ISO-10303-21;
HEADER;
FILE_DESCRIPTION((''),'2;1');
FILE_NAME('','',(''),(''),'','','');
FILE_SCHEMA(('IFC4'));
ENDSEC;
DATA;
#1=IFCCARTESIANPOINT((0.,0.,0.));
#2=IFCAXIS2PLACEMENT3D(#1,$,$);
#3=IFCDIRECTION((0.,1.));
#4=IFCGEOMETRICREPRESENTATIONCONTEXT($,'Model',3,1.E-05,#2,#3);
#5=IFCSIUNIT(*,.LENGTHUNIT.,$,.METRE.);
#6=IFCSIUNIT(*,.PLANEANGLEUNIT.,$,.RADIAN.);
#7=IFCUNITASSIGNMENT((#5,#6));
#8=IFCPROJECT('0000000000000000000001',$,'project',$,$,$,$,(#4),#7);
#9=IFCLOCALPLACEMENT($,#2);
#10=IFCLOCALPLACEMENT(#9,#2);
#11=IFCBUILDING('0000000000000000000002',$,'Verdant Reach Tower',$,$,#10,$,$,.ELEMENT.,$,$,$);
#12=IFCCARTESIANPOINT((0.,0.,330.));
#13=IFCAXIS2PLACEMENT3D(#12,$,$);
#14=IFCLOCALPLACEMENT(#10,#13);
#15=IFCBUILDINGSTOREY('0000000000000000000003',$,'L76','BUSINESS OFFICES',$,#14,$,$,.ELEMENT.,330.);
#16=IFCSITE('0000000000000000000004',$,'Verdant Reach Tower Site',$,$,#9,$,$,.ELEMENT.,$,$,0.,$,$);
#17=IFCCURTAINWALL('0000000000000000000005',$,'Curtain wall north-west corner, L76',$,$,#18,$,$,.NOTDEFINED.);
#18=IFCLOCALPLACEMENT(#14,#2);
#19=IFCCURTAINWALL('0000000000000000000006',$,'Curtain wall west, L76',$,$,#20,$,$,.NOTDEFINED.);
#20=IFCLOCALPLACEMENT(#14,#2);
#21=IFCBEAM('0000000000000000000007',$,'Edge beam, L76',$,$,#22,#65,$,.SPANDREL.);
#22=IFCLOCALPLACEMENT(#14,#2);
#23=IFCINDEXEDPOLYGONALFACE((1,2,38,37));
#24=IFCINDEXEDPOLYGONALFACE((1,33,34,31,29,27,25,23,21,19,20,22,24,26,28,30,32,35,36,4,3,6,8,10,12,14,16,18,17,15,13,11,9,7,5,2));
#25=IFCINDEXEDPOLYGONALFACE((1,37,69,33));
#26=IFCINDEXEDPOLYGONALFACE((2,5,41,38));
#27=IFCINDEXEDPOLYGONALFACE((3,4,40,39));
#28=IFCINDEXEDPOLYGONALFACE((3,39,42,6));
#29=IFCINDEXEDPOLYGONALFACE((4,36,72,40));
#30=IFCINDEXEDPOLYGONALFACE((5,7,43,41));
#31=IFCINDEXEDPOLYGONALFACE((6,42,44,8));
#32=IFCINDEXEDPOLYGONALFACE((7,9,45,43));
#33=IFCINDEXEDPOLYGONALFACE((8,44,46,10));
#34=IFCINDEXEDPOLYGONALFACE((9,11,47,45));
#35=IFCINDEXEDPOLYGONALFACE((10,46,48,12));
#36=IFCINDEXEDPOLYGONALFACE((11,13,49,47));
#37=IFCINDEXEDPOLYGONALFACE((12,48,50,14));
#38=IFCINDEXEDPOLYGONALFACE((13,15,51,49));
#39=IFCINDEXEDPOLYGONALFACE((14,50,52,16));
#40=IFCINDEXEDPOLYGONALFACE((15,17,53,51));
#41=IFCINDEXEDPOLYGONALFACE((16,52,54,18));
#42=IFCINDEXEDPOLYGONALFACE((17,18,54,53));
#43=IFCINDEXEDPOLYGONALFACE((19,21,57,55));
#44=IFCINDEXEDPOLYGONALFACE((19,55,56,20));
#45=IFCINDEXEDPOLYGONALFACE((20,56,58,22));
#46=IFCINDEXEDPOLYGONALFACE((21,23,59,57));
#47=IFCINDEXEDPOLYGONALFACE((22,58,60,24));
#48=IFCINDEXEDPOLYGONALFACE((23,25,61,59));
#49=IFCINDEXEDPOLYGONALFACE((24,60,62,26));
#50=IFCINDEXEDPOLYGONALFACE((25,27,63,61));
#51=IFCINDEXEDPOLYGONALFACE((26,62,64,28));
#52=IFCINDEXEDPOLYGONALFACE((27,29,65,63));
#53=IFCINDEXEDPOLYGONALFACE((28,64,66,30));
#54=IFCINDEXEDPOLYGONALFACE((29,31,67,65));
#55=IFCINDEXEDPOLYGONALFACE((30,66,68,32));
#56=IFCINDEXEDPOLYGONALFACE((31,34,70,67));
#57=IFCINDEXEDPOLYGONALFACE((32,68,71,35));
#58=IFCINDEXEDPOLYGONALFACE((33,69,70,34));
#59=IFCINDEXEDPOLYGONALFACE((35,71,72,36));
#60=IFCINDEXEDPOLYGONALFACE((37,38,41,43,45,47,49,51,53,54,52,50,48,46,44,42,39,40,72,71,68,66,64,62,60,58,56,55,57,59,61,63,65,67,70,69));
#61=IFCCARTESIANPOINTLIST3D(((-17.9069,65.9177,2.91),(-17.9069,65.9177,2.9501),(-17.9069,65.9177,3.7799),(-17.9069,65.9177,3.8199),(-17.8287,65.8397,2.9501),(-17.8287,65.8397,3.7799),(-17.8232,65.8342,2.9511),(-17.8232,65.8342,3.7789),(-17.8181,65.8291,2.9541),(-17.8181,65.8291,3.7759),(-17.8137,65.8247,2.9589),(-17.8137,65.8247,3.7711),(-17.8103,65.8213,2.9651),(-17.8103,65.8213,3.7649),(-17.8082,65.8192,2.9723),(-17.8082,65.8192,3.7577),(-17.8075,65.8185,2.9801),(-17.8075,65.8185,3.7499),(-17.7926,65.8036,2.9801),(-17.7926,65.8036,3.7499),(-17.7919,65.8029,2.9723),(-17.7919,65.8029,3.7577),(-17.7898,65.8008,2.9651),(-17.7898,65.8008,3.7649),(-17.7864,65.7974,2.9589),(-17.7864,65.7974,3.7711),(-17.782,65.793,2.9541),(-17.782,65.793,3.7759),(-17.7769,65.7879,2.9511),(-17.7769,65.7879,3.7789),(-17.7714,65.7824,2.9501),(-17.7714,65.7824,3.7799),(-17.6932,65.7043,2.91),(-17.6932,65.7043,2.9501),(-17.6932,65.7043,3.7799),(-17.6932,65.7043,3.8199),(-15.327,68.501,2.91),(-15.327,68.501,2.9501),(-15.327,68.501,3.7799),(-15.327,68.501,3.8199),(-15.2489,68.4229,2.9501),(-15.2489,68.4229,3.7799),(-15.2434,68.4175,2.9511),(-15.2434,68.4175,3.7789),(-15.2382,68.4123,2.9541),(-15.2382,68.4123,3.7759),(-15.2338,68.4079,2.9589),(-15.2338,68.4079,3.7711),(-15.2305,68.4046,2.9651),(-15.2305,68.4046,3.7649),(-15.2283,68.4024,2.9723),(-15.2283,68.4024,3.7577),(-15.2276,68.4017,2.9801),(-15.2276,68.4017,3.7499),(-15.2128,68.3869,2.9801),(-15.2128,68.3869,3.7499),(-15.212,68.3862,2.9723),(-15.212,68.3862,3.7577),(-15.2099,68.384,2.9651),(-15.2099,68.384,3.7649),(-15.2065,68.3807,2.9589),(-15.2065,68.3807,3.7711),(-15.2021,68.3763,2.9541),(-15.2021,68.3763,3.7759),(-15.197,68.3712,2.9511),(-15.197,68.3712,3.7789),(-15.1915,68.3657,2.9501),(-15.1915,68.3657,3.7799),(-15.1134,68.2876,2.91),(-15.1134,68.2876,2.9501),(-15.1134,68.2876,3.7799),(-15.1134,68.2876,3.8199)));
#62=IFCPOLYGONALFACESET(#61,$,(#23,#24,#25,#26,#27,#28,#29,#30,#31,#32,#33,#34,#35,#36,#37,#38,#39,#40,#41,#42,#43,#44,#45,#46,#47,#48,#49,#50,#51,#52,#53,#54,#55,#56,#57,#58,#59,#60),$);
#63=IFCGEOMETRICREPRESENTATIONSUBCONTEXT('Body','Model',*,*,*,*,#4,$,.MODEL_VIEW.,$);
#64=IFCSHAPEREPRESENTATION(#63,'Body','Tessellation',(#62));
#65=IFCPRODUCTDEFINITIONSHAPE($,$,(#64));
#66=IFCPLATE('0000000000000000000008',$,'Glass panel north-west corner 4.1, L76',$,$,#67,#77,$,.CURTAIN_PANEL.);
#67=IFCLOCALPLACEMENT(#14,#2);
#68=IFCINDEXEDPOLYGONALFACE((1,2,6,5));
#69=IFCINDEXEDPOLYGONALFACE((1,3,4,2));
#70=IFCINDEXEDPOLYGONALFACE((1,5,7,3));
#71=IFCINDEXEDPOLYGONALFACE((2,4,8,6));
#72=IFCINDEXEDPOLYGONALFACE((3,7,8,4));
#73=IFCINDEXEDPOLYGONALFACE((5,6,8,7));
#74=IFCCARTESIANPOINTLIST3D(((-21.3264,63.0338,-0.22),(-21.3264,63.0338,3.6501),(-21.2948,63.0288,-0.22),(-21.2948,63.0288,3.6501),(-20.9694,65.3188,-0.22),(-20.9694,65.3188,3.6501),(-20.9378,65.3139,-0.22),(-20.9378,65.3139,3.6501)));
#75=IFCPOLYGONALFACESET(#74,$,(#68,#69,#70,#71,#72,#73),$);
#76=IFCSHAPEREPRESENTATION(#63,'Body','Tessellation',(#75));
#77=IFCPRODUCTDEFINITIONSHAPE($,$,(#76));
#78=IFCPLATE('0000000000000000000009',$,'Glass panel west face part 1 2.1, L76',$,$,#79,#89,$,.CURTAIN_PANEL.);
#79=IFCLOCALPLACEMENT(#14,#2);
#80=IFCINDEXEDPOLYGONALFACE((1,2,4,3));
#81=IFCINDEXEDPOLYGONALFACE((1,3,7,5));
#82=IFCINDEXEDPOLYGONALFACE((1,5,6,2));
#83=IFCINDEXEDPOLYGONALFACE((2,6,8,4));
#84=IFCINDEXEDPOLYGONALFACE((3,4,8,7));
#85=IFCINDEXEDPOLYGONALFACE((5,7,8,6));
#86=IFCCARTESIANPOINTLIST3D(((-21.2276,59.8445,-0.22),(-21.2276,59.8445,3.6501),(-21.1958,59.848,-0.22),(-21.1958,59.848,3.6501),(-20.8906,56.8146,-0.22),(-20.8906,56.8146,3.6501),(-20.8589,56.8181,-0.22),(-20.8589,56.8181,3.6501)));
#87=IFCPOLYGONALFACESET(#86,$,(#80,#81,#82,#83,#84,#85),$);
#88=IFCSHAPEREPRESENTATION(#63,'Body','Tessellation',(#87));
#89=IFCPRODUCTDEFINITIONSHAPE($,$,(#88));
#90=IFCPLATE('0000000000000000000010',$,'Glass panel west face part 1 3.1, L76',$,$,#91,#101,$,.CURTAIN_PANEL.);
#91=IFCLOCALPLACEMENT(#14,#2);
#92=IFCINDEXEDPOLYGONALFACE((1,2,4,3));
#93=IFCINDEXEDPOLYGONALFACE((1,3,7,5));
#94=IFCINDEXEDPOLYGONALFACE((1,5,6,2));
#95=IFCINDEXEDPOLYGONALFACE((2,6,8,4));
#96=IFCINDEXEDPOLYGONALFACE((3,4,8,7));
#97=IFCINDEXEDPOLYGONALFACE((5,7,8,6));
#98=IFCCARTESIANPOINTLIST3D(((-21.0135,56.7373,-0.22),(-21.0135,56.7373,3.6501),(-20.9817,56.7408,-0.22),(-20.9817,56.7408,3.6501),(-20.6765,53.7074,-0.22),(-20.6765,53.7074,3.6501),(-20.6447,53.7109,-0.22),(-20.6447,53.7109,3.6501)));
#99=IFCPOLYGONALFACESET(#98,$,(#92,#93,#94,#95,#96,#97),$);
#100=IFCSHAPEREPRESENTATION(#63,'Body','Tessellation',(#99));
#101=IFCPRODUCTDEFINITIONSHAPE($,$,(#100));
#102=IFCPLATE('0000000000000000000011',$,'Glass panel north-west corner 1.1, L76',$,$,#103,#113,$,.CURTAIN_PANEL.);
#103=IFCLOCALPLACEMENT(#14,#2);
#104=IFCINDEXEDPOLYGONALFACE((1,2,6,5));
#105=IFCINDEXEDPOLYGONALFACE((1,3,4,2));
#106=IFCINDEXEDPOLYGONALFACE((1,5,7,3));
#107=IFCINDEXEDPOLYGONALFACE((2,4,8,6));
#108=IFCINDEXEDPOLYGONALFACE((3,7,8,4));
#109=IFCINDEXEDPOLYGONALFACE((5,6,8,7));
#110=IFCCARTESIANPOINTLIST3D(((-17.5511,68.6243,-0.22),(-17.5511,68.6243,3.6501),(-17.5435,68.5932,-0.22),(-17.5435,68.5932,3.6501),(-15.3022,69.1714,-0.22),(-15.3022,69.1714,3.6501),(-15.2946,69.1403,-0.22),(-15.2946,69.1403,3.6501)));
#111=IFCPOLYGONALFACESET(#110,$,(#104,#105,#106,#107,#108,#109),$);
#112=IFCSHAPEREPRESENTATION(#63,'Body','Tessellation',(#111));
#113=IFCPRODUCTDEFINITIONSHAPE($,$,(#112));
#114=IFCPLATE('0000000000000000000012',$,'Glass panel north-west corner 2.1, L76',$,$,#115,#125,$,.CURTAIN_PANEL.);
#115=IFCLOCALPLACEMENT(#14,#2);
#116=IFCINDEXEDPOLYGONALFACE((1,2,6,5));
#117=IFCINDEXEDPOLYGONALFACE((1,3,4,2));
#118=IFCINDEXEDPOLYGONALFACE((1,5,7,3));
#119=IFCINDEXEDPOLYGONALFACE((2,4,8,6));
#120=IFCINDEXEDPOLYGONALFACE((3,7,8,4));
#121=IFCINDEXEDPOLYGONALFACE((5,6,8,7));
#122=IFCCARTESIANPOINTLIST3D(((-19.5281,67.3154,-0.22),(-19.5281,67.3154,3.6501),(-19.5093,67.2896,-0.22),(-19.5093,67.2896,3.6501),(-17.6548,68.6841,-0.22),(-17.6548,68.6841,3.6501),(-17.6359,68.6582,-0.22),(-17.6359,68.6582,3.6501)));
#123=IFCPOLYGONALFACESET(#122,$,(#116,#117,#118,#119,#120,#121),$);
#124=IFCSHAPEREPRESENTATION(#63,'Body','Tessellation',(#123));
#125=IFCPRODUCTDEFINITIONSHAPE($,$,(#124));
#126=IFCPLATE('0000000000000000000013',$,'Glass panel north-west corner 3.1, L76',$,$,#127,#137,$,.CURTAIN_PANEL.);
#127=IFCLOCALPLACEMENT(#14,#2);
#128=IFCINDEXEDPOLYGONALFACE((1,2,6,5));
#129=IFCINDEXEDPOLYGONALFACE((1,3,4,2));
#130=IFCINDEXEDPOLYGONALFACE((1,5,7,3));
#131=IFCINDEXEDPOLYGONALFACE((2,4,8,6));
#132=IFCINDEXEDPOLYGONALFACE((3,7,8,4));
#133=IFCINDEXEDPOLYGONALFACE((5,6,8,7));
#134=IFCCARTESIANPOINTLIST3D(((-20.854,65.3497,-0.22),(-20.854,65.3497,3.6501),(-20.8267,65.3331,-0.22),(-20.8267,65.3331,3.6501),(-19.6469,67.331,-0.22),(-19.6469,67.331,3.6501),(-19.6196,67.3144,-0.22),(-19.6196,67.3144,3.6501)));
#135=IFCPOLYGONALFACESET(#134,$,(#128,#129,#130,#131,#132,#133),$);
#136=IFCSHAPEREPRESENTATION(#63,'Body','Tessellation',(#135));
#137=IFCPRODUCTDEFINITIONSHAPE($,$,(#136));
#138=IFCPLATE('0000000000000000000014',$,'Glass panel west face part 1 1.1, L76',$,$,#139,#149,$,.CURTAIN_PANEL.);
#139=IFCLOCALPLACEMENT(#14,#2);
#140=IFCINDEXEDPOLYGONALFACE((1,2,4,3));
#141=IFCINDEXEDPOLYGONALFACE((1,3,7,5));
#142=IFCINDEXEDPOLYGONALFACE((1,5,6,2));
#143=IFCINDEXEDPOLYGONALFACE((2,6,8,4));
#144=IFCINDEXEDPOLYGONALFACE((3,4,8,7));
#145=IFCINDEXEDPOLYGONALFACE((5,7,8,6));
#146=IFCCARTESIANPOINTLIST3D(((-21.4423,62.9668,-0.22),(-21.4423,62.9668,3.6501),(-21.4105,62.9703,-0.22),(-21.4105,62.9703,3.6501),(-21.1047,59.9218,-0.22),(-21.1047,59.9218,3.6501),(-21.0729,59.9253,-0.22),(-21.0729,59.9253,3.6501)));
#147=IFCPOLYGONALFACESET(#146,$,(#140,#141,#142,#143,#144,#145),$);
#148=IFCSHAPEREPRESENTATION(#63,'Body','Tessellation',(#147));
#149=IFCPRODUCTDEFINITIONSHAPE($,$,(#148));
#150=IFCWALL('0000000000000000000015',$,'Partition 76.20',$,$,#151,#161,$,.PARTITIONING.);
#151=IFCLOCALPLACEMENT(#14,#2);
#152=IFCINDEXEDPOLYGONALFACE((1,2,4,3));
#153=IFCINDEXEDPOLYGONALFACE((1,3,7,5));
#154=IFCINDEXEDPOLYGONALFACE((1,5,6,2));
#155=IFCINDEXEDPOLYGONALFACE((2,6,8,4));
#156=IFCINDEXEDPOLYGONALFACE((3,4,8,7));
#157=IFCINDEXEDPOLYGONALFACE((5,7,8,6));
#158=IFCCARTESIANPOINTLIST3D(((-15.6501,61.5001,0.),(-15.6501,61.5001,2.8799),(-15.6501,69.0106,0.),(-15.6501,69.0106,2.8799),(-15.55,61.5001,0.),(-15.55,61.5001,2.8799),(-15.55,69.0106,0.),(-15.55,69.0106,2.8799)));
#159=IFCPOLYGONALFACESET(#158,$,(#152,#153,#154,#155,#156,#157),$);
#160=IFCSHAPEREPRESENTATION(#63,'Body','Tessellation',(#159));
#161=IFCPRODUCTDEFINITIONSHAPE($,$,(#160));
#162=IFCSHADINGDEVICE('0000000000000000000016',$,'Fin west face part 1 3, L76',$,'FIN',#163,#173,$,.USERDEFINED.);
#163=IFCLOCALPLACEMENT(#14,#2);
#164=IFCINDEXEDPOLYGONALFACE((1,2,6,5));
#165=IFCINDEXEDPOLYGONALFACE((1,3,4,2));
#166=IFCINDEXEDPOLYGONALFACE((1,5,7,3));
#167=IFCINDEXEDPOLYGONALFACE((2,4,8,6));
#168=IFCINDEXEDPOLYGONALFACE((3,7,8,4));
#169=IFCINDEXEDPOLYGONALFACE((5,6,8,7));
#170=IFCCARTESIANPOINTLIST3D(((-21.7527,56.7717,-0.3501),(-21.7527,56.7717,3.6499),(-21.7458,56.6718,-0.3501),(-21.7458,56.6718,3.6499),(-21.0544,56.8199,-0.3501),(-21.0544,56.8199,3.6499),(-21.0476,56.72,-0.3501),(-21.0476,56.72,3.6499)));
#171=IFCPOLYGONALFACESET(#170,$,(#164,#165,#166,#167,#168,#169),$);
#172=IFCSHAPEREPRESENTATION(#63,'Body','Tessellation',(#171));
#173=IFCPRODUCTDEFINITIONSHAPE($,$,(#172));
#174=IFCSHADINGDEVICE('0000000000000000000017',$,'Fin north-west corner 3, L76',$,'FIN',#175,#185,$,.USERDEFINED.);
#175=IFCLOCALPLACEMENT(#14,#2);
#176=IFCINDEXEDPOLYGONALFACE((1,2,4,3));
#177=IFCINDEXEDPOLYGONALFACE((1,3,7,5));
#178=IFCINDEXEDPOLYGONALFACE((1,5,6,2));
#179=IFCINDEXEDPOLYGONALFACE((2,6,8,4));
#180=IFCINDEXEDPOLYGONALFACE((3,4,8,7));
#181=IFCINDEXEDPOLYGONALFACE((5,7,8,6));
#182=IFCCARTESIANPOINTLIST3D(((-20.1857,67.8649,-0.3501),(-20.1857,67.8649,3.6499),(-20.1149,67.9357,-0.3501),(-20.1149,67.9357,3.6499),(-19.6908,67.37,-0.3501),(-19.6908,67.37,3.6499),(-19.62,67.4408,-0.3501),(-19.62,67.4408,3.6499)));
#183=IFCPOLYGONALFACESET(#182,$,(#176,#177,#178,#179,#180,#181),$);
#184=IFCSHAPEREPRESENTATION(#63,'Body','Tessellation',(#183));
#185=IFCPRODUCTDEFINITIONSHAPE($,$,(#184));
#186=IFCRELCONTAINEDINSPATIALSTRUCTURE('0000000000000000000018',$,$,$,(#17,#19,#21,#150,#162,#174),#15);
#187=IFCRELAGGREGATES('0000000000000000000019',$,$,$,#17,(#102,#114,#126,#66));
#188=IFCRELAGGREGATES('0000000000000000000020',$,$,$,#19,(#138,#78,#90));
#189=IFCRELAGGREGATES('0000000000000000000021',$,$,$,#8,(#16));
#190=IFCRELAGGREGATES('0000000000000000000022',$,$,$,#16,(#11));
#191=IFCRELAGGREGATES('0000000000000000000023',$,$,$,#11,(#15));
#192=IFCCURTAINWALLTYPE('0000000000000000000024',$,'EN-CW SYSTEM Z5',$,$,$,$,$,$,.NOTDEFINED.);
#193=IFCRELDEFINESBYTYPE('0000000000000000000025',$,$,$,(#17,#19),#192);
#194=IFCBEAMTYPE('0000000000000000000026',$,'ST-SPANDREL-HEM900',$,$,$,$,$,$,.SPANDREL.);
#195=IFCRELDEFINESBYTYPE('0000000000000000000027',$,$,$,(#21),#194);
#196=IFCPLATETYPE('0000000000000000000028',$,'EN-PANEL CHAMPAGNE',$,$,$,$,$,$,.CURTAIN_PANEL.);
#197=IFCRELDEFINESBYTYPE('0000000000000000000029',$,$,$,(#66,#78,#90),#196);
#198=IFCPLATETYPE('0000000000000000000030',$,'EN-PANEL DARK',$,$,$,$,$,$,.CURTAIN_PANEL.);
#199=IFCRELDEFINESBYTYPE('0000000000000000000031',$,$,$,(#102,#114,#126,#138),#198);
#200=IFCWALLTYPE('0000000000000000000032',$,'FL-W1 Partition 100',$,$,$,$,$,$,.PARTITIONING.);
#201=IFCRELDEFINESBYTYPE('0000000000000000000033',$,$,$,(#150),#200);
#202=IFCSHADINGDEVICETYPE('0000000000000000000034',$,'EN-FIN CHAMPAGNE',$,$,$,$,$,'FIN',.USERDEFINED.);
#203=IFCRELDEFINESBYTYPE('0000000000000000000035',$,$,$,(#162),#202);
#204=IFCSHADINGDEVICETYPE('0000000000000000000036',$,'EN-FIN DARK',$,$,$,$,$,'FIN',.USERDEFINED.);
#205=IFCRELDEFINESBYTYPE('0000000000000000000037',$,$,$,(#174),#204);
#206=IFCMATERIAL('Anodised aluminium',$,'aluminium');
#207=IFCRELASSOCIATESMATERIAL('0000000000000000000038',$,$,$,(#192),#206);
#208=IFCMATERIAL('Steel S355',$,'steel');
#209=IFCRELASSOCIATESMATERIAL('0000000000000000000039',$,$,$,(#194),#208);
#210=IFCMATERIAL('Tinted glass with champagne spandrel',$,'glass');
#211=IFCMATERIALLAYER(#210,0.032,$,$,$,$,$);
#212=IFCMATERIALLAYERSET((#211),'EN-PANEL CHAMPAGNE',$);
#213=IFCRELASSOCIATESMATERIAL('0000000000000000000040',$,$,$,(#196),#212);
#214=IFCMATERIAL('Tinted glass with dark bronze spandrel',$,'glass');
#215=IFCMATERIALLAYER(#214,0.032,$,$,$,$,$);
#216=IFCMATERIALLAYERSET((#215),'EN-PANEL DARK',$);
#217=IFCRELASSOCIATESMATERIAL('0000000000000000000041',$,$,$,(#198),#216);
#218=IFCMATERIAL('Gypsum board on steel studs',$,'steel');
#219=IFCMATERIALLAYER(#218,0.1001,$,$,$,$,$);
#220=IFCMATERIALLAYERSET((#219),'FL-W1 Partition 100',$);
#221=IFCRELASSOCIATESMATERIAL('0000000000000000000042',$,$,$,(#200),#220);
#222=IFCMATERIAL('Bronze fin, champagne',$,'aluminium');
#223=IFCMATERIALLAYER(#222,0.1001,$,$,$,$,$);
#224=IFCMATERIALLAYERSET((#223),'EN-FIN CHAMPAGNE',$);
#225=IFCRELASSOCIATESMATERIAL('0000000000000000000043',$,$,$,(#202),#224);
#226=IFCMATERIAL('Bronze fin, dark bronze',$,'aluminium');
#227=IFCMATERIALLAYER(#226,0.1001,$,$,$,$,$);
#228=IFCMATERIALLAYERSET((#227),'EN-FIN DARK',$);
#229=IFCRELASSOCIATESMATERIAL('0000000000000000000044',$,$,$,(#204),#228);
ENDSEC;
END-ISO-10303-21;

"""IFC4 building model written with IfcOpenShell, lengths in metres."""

from ifc_helpers import new_model, si_unit, direction, frame, frame_2d, origin, origin_2d, place, context, subcontext, project, spatial, rectangle, i_section, extrude, material, layer, layer_set, material_profile, profile_set, type_object, element, aggregate, save


model = new_model("IFC4")

# Units and contexts
model_context = context("Model", 3, precision=1e-05, world=origin(), true_north=direction((0.0, 1.0)))
body_context = subcontext(model_context, "Body", "Model", "MODEL_VIEW")
ifc_project = project(units=[si_unit("LENGTHUNIT", "METRE"), si_unit("PLANEANGLEUNIT", "RADIAN")], contexts=[model_context])

# Site, building, storey
site_placement = place(None, origin())
site = spatial("IfcSite", under=ifc_project, at=site_placement, Name="Verdant Reach Tower Site", CompositionType="ELEMENT", RefElevation=0.0)
building_placement = place(site_placement, origin())
building = spatial("IfcBuilding", under=site, at=building_placement, Name="Verdant Reach Tower", CompositionType="ELEMENT")
storey_placement = place(building_placement, frame((0.0, 0.0, 330.0)))
storey = spatial("IfcBuildingStorey", under=building, at=storey_placement, Name="L76", Description="BUSINESS OFFICES", CompositionType="ELEMENT", Elevation=330.0)

# Curtain walls
ifc_material_1 = material(Name="Anodised aluminium", Category="aluminium")
curtain_wall_type = type_object("IfcCurtainWallType", Name="EN-CW SYSTEM Z5", PredefinedType="NOTDEFINED", material=ifc_material_1)
curtain_wall_1_placement = place(storey_placement, origin())
curtain_wall_1 = element("IfcCurtainWall", 1, at=curtain_wall_1_placement, inside=storey, type_object=curtain_wall_type, Name="Curtain wall north-west corner, L76", PredefinedType="NOTDEFINED")
curtain_wall_2_placement = place(storey_placement, origin())
curtain_wall_2 = element("IfcCurtainWall", 2, at=curtain_wall_2_placement, inside=storey, type_object=curtain_wall_type, Name="Curtain wall west, L76", PredefinedType="NOTDEFINED")

# Beam
ifc_material_2 = material(Name="Steel S355", Category="steel")
ifc_material_profile_1 = material_profile(ifc_material_2, i_section(OverallWidth=0.302, OverallDepth=0.9099, WebThickness=0.021, FlangeThickness=0.04, FilletRadius=0.03, at=origin_2d()), Name="HEM 900")
ifc_profile_set_1 = profile_set([ifc_material_profile_1], Name="Steel S355")
beam_type = type_object("IfcBeamType", Name="ST-SPANDREL-HEM900", PredefinedType="SPANDREL", material=ifc_profile_set_1)
beam_1_placement = place(storey_placement, frame((-17.8, 65.811, 3.365), z_axis=(0.706639, 0.707575, 0.0), x_axis=(-0.707575, 0.706639, 0.0)))
element("IfcBeam", 3, at=beam_1_placement, inside=storey, type_object=beam_type, Name="Edge beam, L76", PredefinedType="SPANDREL", context=body_context, shape_type="SweptSolid", body=[
    extrude(i_section(OverallWidth=0.302, OverallDepth=0.9099, WebThickness=0.021, FlangeThickness=0.04, FilletRadius=0.03, at=origin_2d()), origin(), (0.0, 0.0, 1.0), 3.6509),
])

# Plates
ifc_material_3 = material(Name="Tinted glass with champagne spandrel", Category="glass")
ifc_layer_1 = layer(ifc_material_3, 0.032)
ifc_layer_set_1 = layer_set([ifc_layer_1], Name="EN-PANEL CHAMPAGNE")
plate_type_1 = type_object("IfcPlateType", Name="EN-PANEL CHAMPAGNE", PredefinedType="CURTAIN_PANEL", material=ifc_layer_set_1)
plate_1_placement = place(storey_placement, frame((-21.1321, 64.1738, -0.22), z_axis=(0.0, 0.0, 1.0), x_axis=(-0.154337, -0.988018, 0.0)))
plate_1 = element("IfcPlate", 4, at=plate_1_placement, type_object=plate_type_1, Name="Glass panel north-west corner 4.1, L76", PredefinedType="CURTAIN_PANEL", context=body_context, shape_type="SweptSolid", body=[
    extrude(rectangle(XDim=2.3127, YDim=0.032, at=origin_2d()), origin(), (0.0, 0.0, 1.0), 3.8701),
])
plate_2_placement = place(storey_placement, frame((-21.0432, 58.3313, -0.22), z_axis=(0.0, 0.0, 1.0), x_axis=(0.110518, -0.993874, 0.0)))
plate_2 = element("IfcPlate", 5, at=plate_2_placement, type_object=plate_type_1, Name="Glass panel west face part 1 2.1, L76", PredefinedType="CURTAIN_PANEL", context=body_context, shape_type="SweptSolid", body=[
    extrude(rectangle(XDim=3.0486, YDim=0.032, at=origin_2d()), origin(), (0.0, 0.0, 1.0), 3.8701),
])
plate_3_placement = place(storey_placement, frame((-20.8291, 55.2241, -0.22), z_axis=(0.0, 0.0, 1.0), x_axis=(0.110518, -0.993874, 0.0)))
plate_3 = element("IfcPlate", 6, at=plate_3_placement, type_object=plate_type_1, Name="Glass panel west face part 1 3.1, L76", PredefinedType="CURTAIN_PANEL", context=body_context, shape_type="SweptSolid", body=[
    extrude(rectangle(XDim=3.0486, YDim=0.032, at=origin_2d()), origin(), (0.0, 0.0, 1.0), 3.8701),
])
ifc_material_4 = material(Name="Tinted glass with dark bronze spandrel", Category="glass")
ifc_layer_2 = layer(ifc_material_4, 0.032)
ifc_layer_set_2 = layer_set([ifc_layer_2], Name="EN-PANEL DARK")
plate_type_2 = type_object("IfcPlateType", Name="EN-PANEL DARK", PredefinedType="CURTAIN_PANEL", material=ifc_layer_set_2)
plate_4_placement = place(storey_placement, frame((-16.4229, 68.8823, -0.22), z_axis=(0.0, 0.0, 1.0), x_axis=(-0.971662, -0.236376, 0.0)))
plate_4 = element("IfcPlate", 7, at=plate_4_placement, type_object=plate_type_2, Name="Glass panel north-west corner 1.1, L76", PredefinedType="CURTAIN_PANEL", context=body_context, shape_type="SweptSolid", body=[
    extrude(rectangle(XDim=2.3145, YDim=0.032, at=origin_2d()), origin(), (0.0, 0.0, 1.0), 3.8701),
])
plate_5_placement = place(storey_placement, frame((-18.582, 67.9868, -0.22), z_axis=(0.0, 0.0, 1.0), x_axis=(-0.807457, -0.589927, 0.0)))
plate_5 = element("IfcPlate", 8, at=plate_5_placement, type_object=plate_type_2, Name="Glass panel north-west corner 2.1, L76", PredefinedType="CURTAIN_PANEL", context=body_context, shape_type="SweptSolid", body=[
    extrude(rectangle(XDim=2.3201, YDim=0.032, at=origin_2d()), origin(), (0.0, 0.0, 1.0), 3.8701),
])
plate_6_placement = place(storey_placement, frame((-20.2368, 66.332, -0.22), z_axis=(0.0, 0.0, 1.0), x_axis=(-0.520292, -0.853989, 0.0)))
plate_6 = element("IfcPlate", 9, at=plate_6_placement, type_object=plate_type_2, Name="Glass panel north-west corner 3.1, L76", PredefinedType="CURTAIN_PANEL", context=body_context, shape_type="SweptSolid", body=[
    extrude(rectangle(XDim=2.3201, YDim=0.032, at=origin_2d()), origin(), (0.0, 0.0, 1.0), 3.8701),
])
aggregate(curtain_wall_1, [plate_4, plate_5, plate_6, plate_1])
plate_7_placement = place(storey_placement, frame((-21.2576, 61.446, -0.22), z_axis=(0.0, 0.0, 1.0), x_axis=(0.110198, -0.99391, 0.0)))
plate_7 = element("IfcPlate", 10, at=plate_7_placement, type_object=plate_type_2, Name="Glass panel west face part 1 1.1, L76", PredefinedType="CURTAIN_PANEL", context=body_context, shape_type="SweptSolid", body=[
    extrude(rectangle(XDim=3.0637, YDim=0.032, at=origin_2d()), origin(), (0.0, 0.0, 1.0), 3.8701),
])
aggregate(curtain_wall_2, [plate_7, plate_2, plate_3])

# Wall
ifc_material_5 = material(Name="Gypsum board on steel studs", Category="steel")
ifc_layer_3 = layer(ifc_material_5, 0.1001)
ifc_layer_set_3 = layer_set([ifc_layer_3], Name="FL-W1 Partition 100")
wall_type = type_object("IfcWallType", Name="FL-W1 Partition 100", PredefinedType="PARTITIONING", material=ifc_layer_set_3)
wall_placement = place(storey_placement, frame((-15.6001, 61.5, 0.0), z_axis=(0.0, 0.0, 1.0), x_axis=(0.0, 1.0, 0.0)))
element("IfcWall", 11, at=wall_placement, inside=storey, type_object=wall_type, Name="Partition 76.20", PredefinedType="PARTITIONING", context=body_context, shape_type="SweptSolid", body=[
    extrude(rectangle(XDim=7.5105, YDim=0.1001, at=frame_2d((3.7554, 0.0))), origin(), (0.0, 0.0, 1.0), 2.8799),
])

# Shading devices
ifc_material_6 = material(Name="Bronze fin, champagne", Category="aluminium")
ifc_layer_4 = layer(ifc_material_6, 0.1001)
ifc_layer_set_4 = layer_set([ifc_layer_4], Name="EN-FIN CHAMPAGNE")
shading_device_type_1 = type_object("IfcShadingDeviceType", Name="EN-FIN CHAMPAGNE", ElementType="FIN", PredefinedType="USERDEFINED", material=ifc_layer_set_4)
shading_device_placement = place(storey_placement, frame((-21.4001, 56.7458, -0.3501), z_axis=(0.0, 0.0, 1.0), x_axis=(0.068802, -0.99763, 0.0)))
element("IfcShadingDevice", 12, at=shading_device_placement, inside=storey, type_object=shading_device_type_1, Name="Fin west face part 1 3, L76", ObjectType="FIN", PredefinedType="USERDEFINED", context=body_context, shape_type="SweptSolid", body=[
    extrude(rectangle(XDim=0.1001, YDim=0.7, at=origin_2d()), origin(), (0.0, 0.0, 1.0), 4.0),
])
ifc_material_7 = material(Name="Bronze fin, dark bronze", Category="aluminium")
ifc_layer_5 = layer(ifc_material_7, 0.1001)
ifc_layer_set_5 = layer_set([ifc_layer_5], Name="EN-FIN DARK")
shading_device_type_2 = type_object("IfcShadingDeviceType", Name="EN-FIN DARK", ElementType="FIN", PredefinedType="USERDEFINED", material=ifc_layer_set_5)
for number, where, z_axis, x_axis, name in (
    (13, (-19.9028, 67.6528, -0.3501), (0.0, 0.0, 1.0), (-0.707107, -0.707107, 0.0), "Fin north-west corner 3, L76"),
):
    element("IfcShadingDevice", number, at=place(storey_placement, frame(where, z_axis=z_axis, x_axis=x_axis)), inside=storey, type_object=shading_device_type_2, Name=name, ObjectType="FIN", PredefinedType="USERDEFINED", context=body_context, shape_type="SweptSolid", body=[
        extrude(rectangle(XDim=0.1001, YDim=0.7, at=origin_2d()), origin(), (0.0, 0.0, 1.0), 4.0),
    ])

save(model, "model.ifc")
